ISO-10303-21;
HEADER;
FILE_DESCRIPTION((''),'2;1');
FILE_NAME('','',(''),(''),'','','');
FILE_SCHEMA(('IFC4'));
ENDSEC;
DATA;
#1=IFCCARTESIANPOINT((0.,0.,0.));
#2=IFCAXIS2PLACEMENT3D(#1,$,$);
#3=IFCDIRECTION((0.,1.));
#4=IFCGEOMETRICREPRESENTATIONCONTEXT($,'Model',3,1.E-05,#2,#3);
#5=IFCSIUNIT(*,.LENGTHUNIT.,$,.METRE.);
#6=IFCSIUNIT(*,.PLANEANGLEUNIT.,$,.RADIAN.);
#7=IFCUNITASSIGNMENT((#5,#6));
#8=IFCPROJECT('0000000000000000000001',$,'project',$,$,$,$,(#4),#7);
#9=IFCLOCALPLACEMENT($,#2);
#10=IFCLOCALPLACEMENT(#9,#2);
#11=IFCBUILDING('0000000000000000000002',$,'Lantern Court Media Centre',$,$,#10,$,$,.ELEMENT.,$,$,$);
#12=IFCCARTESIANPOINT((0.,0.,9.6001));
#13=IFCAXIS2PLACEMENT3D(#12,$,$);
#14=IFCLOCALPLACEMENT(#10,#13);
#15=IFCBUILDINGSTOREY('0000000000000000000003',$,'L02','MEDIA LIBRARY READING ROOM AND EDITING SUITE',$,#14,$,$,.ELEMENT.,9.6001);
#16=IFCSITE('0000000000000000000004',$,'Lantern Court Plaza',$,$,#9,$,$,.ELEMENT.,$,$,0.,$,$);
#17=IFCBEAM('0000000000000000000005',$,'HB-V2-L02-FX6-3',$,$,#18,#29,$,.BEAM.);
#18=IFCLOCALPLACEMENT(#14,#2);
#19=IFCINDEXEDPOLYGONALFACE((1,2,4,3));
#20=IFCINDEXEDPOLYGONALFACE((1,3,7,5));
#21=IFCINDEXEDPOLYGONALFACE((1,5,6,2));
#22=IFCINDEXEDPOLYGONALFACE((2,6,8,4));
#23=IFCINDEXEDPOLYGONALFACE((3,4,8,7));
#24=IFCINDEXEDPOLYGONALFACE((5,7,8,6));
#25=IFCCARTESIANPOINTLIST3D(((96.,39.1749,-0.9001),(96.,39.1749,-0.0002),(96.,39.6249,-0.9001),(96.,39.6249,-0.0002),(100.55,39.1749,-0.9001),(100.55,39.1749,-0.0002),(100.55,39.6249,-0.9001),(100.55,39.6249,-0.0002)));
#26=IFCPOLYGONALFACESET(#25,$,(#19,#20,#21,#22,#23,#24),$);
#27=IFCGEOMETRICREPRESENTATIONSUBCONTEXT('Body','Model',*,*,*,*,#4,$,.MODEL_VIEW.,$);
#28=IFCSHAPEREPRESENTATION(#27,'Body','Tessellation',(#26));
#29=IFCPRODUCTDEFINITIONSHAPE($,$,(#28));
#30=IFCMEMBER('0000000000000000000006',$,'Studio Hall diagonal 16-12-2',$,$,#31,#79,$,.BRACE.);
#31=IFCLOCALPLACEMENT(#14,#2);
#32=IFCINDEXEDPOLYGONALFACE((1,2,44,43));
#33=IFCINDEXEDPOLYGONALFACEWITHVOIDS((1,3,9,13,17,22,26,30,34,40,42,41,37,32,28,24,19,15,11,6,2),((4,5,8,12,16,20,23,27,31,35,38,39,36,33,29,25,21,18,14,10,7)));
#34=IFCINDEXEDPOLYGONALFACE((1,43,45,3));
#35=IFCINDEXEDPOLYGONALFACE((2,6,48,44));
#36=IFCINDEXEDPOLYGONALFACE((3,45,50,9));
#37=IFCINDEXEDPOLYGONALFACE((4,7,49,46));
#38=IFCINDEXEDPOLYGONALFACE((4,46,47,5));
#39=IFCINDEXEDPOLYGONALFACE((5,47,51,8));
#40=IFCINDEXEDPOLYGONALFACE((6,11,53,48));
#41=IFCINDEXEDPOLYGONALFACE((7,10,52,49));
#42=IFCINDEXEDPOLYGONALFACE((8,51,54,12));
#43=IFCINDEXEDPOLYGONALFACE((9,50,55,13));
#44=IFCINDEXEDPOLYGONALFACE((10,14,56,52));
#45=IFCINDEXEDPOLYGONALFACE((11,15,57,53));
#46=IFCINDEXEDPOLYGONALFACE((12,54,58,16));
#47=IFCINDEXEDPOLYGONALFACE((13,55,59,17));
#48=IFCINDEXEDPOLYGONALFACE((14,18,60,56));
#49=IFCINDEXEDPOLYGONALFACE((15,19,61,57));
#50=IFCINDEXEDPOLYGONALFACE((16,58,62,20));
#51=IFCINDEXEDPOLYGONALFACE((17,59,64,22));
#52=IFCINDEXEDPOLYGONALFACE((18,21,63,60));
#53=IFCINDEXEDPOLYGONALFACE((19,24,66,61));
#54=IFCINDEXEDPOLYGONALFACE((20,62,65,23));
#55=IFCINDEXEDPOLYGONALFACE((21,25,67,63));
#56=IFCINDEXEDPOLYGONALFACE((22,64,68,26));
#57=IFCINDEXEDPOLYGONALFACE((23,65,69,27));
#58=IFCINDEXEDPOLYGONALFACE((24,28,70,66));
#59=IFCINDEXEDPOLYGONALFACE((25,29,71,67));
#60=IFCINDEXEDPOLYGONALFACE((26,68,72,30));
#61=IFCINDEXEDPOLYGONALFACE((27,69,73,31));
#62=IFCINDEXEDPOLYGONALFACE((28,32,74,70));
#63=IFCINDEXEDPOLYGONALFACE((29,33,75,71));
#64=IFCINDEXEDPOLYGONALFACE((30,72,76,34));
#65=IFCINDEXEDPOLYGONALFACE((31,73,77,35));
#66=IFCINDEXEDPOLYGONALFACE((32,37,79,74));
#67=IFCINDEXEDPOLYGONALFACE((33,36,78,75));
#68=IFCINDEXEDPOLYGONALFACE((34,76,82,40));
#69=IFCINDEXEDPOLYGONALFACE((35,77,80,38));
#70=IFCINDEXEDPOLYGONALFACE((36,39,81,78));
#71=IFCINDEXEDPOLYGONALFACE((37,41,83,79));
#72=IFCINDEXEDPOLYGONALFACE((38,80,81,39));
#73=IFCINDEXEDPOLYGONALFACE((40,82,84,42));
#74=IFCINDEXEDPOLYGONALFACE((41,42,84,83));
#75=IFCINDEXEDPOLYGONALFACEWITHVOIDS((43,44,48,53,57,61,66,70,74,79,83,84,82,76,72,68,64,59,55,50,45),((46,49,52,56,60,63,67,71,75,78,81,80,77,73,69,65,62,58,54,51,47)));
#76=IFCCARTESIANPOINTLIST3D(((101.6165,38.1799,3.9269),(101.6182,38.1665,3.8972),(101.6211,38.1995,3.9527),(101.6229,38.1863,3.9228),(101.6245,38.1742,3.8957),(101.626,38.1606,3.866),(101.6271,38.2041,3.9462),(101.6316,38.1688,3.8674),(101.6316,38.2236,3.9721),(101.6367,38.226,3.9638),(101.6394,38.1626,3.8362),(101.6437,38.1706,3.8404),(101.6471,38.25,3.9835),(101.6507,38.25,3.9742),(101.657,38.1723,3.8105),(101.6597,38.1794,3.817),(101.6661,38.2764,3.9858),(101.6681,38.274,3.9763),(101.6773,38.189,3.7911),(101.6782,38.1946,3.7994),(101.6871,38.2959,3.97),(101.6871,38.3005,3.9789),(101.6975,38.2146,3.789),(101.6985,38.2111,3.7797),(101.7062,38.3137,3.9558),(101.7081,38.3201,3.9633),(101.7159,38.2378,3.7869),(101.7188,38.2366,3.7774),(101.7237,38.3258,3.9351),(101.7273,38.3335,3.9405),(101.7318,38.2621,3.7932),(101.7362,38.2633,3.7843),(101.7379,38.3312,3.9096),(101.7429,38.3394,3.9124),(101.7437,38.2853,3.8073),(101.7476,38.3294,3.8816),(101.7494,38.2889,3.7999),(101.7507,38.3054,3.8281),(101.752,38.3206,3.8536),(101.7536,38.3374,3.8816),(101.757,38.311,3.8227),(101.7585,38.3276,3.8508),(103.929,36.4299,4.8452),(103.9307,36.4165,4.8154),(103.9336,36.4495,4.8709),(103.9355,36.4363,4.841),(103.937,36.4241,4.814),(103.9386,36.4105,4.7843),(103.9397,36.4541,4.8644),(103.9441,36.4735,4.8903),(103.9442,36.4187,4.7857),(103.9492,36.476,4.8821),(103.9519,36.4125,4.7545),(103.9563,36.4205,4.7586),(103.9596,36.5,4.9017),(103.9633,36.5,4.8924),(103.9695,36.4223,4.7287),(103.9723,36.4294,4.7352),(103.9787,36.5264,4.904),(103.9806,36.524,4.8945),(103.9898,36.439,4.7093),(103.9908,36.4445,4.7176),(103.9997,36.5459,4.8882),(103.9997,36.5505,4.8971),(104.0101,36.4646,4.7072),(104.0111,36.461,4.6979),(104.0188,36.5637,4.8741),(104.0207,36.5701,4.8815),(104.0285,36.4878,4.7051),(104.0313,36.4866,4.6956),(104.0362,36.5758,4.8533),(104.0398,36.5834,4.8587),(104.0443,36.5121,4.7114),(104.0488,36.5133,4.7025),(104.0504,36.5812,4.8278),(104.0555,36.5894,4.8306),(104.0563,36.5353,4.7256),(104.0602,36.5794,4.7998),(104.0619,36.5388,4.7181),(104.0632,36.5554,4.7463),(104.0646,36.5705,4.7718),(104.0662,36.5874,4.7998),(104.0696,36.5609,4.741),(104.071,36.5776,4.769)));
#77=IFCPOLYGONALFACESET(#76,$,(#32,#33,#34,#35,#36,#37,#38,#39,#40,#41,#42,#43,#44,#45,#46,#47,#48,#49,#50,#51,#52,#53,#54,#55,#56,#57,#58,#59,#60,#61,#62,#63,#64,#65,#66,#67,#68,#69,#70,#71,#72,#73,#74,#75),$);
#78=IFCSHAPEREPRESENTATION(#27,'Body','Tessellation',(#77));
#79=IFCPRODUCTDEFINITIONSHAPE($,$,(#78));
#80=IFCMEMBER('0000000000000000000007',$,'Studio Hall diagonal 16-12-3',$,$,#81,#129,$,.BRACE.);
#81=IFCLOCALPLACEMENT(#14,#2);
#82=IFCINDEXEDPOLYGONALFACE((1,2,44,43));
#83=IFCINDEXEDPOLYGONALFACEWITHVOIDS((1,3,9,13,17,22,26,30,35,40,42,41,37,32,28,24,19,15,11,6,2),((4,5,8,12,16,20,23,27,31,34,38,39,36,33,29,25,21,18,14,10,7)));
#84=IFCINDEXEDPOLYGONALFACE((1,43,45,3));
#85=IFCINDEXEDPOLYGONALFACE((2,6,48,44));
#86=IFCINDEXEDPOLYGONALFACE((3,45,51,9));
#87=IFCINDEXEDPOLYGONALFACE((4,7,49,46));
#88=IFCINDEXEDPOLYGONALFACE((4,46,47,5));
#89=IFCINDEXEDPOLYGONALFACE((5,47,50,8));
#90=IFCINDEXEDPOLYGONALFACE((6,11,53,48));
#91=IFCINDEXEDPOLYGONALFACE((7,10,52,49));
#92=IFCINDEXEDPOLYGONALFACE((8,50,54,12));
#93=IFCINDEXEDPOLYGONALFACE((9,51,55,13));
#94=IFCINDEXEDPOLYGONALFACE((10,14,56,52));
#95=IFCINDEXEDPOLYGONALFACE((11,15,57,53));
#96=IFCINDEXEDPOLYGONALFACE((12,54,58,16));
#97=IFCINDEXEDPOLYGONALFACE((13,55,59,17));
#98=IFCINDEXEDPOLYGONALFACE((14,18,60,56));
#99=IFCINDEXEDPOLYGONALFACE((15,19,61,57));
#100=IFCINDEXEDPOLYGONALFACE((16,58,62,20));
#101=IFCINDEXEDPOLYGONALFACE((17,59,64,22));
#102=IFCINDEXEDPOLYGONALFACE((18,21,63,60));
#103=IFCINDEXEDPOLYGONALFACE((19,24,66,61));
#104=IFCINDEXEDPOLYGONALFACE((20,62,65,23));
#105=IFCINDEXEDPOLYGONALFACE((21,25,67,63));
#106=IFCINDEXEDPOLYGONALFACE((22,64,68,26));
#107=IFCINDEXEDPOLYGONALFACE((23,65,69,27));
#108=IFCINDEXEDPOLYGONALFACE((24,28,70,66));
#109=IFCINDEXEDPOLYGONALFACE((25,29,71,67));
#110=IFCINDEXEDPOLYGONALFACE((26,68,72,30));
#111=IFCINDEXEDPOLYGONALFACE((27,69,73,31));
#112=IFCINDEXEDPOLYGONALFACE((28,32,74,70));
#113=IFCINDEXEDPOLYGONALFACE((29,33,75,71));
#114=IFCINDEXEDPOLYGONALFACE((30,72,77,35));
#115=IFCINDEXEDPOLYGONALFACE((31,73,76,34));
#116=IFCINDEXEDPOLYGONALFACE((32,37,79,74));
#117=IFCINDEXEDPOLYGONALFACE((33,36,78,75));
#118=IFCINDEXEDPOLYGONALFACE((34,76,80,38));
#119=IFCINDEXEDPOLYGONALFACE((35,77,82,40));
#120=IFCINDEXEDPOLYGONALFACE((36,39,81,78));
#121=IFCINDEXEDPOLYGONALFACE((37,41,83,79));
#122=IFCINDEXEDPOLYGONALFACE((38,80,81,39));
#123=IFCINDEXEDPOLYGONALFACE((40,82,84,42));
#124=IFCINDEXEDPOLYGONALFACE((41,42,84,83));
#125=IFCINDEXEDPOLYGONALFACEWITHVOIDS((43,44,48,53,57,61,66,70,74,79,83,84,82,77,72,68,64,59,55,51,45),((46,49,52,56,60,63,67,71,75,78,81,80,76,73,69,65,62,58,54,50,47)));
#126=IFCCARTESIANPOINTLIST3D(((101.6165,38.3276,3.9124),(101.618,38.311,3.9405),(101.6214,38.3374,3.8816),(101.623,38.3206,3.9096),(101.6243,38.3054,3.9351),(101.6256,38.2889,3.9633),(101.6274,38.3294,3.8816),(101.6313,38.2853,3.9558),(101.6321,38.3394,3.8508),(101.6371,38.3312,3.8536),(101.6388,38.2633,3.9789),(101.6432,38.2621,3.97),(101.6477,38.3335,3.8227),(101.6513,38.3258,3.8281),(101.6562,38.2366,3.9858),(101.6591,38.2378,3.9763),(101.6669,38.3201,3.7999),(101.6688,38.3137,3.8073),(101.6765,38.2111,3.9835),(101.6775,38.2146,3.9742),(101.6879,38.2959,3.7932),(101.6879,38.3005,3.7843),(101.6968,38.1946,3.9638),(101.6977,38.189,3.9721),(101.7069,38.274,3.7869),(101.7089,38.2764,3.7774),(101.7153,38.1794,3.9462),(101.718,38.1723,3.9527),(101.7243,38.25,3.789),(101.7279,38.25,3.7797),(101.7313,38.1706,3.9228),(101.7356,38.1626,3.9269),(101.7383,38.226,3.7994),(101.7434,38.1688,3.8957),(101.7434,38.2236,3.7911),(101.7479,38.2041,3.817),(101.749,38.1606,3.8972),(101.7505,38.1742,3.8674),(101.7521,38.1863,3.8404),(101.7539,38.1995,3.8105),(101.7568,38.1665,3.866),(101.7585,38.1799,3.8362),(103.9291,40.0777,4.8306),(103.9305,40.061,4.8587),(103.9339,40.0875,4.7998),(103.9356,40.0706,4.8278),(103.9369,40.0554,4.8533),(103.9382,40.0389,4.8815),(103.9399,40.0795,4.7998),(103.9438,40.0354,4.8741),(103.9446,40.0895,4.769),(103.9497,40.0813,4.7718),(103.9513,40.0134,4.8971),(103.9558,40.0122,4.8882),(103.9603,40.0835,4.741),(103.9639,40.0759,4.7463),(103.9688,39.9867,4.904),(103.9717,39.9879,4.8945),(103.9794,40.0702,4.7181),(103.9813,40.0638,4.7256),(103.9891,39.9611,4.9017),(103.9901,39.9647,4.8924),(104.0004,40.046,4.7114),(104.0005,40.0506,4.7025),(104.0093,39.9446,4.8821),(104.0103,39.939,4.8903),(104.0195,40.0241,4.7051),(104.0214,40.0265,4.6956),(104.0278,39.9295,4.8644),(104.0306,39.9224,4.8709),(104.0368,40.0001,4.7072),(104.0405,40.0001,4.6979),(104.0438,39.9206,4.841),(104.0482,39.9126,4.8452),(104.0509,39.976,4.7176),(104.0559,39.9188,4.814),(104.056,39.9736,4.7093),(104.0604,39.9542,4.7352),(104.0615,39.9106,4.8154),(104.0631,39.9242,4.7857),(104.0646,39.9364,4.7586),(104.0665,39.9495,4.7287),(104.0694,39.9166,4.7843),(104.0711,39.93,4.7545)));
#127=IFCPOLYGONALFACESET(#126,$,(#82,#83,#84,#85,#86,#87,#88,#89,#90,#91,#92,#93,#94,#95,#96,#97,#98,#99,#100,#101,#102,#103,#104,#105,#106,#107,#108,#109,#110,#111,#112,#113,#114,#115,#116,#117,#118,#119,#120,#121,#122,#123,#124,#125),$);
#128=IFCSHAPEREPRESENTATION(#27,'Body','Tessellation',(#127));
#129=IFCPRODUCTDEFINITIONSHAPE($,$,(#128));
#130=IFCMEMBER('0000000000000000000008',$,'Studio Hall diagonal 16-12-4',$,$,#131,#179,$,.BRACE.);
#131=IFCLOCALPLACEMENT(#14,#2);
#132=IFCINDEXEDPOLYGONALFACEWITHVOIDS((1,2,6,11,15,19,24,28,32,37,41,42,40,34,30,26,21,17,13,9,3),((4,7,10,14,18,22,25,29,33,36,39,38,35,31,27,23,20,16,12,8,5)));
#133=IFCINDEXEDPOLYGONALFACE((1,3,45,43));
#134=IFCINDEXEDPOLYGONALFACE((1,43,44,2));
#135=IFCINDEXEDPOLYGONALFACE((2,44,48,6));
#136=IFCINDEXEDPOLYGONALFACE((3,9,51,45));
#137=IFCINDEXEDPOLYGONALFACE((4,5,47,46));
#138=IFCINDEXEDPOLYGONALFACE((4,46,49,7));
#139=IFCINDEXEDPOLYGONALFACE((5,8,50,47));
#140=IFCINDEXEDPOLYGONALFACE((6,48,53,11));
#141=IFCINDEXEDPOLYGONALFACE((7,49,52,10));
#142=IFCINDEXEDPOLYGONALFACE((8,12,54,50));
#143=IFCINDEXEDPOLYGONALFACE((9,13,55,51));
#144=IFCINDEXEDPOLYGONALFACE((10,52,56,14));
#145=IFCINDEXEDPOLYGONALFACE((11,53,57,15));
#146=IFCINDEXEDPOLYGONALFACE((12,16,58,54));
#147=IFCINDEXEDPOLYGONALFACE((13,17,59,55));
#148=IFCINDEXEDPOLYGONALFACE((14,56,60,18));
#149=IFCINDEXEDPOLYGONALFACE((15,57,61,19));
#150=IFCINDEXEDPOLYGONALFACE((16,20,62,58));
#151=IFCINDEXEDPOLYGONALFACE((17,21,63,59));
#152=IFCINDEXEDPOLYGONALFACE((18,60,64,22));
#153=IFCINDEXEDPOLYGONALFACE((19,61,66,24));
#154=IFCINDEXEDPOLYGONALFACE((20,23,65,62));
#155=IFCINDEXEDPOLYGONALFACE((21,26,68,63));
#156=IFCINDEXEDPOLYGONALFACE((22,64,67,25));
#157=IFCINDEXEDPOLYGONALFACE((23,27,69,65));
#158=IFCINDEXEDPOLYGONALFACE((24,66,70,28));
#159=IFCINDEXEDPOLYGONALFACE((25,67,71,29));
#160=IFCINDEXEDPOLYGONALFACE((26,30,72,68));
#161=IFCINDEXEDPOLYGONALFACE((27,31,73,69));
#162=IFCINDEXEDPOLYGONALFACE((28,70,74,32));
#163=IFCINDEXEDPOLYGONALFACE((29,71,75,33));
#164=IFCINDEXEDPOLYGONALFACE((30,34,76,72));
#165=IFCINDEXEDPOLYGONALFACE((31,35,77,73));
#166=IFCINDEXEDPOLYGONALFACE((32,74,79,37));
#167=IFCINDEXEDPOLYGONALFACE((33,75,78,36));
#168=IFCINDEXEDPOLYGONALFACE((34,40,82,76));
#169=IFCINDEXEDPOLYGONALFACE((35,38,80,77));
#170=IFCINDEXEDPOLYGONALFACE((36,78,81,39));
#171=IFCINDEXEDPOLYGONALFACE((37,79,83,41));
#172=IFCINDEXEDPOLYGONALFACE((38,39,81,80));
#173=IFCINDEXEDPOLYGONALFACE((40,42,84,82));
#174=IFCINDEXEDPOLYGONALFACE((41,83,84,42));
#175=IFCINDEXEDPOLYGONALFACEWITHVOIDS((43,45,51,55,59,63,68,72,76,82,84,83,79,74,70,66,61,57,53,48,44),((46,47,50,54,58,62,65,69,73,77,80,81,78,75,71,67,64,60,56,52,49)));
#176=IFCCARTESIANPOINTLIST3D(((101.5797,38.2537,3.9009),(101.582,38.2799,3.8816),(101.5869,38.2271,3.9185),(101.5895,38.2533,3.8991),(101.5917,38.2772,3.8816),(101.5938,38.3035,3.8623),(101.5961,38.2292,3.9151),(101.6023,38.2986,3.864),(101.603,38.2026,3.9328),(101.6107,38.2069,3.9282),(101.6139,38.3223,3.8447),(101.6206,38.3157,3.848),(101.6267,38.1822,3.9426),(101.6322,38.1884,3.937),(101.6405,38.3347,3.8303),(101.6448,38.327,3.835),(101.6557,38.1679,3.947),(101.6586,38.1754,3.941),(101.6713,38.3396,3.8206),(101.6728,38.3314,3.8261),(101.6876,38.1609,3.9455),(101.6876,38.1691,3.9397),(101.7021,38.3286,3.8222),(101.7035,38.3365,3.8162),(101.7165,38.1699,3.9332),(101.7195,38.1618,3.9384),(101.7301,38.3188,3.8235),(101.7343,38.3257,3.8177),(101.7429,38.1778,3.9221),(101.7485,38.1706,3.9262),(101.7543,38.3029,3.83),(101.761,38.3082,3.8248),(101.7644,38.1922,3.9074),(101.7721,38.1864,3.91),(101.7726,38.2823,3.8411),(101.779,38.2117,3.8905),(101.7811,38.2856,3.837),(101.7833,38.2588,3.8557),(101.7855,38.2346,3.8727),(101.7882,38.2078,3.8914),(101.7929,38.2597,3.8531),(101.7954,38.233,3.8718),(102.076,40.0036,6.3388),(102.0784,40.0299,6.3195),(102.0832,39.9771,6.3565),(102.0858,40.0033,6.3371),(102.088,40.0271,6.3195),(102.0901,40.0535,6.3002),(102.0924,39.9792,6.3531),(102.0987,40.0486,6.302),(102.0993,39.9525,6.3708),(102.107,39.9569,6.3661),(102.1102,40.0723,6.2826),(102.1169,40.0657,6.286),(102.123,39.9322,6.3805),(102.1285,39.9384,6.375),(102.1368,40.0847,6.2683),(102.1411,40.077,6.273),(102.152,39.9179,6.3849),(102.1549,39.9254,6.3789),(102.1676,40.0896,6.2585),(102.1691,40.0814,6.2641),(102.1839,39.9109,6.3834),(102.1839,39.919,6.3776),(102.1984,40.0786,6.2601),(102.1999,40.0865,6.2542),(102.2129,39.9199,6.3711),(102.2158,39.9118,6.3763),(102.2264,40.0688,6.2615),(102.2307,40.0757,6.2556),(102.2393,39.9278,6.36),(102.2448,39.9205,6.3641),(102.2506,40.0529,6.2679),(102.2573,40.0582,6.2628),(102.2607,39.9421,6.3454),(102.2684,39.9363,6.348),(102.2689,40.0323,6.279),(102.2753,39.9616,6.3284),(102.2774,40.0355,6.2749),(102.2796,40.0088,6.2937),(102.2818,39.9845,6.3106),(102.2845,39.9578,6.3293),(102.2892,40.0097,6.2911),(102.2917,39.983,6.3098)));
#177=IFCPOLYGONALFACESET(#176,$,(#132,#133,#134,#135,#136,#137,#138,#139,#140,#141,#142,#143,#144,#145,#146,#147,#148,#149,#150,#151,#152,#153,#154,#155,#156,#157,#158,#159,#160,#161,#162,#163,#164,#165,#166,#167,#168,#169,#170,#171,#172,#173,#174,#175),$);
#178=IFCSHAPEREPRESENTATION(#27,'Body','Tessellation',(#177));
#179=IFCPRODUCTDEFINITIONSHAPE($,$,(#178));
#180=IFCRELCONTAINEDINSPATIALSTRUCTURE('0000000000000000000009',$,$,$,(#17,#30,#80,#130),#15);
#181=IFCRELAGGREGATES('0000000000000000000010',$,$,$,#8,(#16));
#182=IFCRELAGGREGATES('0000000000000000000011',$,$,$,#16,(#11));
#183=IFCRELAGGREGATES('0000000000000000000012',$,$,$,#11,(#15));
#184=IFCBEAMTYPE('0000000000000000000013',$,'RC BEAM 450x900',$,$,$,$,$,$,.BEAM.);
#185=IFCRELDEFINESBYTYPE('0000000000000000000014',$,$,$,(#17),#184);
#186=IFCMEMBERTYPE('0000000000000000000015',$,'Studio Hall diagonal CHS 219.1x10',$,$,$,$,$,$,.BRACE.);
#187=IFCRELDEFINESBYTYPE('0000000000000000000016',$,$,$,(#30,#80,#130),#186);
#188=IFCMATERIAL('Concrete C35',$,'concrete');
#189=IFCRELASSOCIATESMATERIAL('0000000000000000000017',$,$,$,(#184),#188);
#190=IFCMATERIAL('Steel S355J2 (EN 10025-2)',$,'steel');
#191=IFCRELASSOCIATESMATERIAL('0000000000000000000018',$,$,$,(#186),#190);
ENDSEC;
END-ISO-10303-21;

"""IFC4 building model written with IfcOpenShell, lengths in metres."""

from ifc_helpers import new_model, si_unit, direction, frame, origin, origin_2d, place, context, subcontext, project, spatial, rectangle, hollow_circle, extrude, material, material_profile, profile_set, type_object, element, save


model = new_model("IFC4")

# Units and contexts
model_context = context("Model", 3, precision=1e-05, world=origin(), true_north=direction((0.0, 1.0)))
body_context = subcontext(model_context, "Body", "Model", "MODEL_VIEW")
ifc_project = project(units=[si_unit("LENGTHUNIT", "METRE"), si_unit("PLANEANGLEUNIT", "RADIAN")], contexts=[model_context])

# Site, building, storey
site_placement = place(None, origin())
site = spatial("IfcSite", under=ifc_project, at=site_placement, Name="Lantern Court Plaza", CompositionType="ELEMENT", RefElevation=0.0)
building_placement = place(site_placement, origin())
building = spatial("IfcBuilding", under=site, at=building_placement, Name="Lantern Court Media Centre", CompositionType="ELEMENT")
storey_placement = place(building_placement, frame((0.0, 0.0, 9.6001)))
storey = spatial("IfcBuildingStorey", under=building, at=storey_placement, Name="L02", Description="MEDIA LIBRARY READING ROOM AND EDITING SUITE", CompositionType="ELEMENT", Elevation=9.6001)

# Shared definitions
ifc_material_1 = material(Name="Concrete C35", Category="concrete")
ifc_material_2 = material(Name="Steel S355J2 (EN 10025-2)", Category="steel")

# Beam
ifc_material_profile_1 = material_profile(ifc_material_1, rectangle(XDim=0.45, YDim=0.8999, at=origin_2d()), Name="RC 450x900")
ifc_profile_set_1 = profile_set([ifc_material_profile_1], Name="Concrete C35")
beam_type_1 = type_object("IfcBeamType", Name="RC BEAM 450x900", PredefinedType="BEAM", material=ifc_profile_set_1)
beam_1_placement = place(storey_placement, frame((96.0, 39.3999, -0.4502), z_axis=(1.0, 0.0, 0.0), x_axis=(0.0, 1.0, 0.0)))
element("IfcBeam", 1, at=beam_1_placement, inside=storey, type_object=beam_type_1, Name="HB-V2-L02-FX6-3", PredefinedType="BEAM", context=body_context, shape_type="SweptSolid", body=[
    extrude(rectangle(XDim=0.45, YDim=0.8999, at=origin_2d()), origin(), (0.0, 0.0, 1.0), 4.55),
])

# Members
ifc_material_profile_2 = material_profile(ifc_material_2, hollow_circle(Radius=0.1096, WallThickness=0.01, at=origin_2d()), Name="Studio Hall diagonal CHS 219.1x10")
ifc_profile_set_2 = profile_set([ifc_material_profile_2], Name="Steel S355J2 (EN 10025-2)")
member_type_1 = type_object("IfcMemberType", Name="Studio Hall diagonal CHS 219.1x10", PredefinedType="BRACE", material=ifc_profile_set_2)
for number, where, z_axis, x_axis, name in (
    (2, (101.6875, 38.25, 3.8816), (0.760211, -0.575295, 0.301853), (0.603443, 0.797406, 0.0), "Studio Hall diagonal 16-12-2"),
    (3, (101.6875, 38.25, 3.8816), (0.760211, 0.575295, 0.301853), (-0.603443, 0.797406, 0.0), "Studio Hall diagonal 16-12-3"),
):
    element("IfcMember", number, at=place(storey_placement, frame(where, z_axis=z_axis, x_axis=x_axis)), inside=storey, type_object=member_type_1, Name=name, PredefinedType="BRACE", context=body_context, shape_type="SweptSolid", body=[
        extrude(hollow_circle(Radius=0.1096, WallThickness=0.01, at=origin_2d()), origin(), (0.0, 0.0, 1.0), 3.042),
    ])
member_1_placement = place(storey_placement, frame((101.6875, 38.25, 3.8816), z_axis=(0.163172, 0.575314, 0.801491), x_axis=(-0.962054, 0.272859, 0.0)))
element("IfcMember", 4, at=member_1_placement, inside=storey, type_object=member_type_1, Name="Studio Hall diagonal 16-12-4", PredefinedType="BRACE", context=body_context, shape_type="SweptSolid", body=[
    extrude(hollow_circle(Radius=0.1096, WallThickness=0.01, at=origin_2d()), origin(), (0.0, 0.0, 1.0), 3.0417),
])

save(model, "model.ifc")
